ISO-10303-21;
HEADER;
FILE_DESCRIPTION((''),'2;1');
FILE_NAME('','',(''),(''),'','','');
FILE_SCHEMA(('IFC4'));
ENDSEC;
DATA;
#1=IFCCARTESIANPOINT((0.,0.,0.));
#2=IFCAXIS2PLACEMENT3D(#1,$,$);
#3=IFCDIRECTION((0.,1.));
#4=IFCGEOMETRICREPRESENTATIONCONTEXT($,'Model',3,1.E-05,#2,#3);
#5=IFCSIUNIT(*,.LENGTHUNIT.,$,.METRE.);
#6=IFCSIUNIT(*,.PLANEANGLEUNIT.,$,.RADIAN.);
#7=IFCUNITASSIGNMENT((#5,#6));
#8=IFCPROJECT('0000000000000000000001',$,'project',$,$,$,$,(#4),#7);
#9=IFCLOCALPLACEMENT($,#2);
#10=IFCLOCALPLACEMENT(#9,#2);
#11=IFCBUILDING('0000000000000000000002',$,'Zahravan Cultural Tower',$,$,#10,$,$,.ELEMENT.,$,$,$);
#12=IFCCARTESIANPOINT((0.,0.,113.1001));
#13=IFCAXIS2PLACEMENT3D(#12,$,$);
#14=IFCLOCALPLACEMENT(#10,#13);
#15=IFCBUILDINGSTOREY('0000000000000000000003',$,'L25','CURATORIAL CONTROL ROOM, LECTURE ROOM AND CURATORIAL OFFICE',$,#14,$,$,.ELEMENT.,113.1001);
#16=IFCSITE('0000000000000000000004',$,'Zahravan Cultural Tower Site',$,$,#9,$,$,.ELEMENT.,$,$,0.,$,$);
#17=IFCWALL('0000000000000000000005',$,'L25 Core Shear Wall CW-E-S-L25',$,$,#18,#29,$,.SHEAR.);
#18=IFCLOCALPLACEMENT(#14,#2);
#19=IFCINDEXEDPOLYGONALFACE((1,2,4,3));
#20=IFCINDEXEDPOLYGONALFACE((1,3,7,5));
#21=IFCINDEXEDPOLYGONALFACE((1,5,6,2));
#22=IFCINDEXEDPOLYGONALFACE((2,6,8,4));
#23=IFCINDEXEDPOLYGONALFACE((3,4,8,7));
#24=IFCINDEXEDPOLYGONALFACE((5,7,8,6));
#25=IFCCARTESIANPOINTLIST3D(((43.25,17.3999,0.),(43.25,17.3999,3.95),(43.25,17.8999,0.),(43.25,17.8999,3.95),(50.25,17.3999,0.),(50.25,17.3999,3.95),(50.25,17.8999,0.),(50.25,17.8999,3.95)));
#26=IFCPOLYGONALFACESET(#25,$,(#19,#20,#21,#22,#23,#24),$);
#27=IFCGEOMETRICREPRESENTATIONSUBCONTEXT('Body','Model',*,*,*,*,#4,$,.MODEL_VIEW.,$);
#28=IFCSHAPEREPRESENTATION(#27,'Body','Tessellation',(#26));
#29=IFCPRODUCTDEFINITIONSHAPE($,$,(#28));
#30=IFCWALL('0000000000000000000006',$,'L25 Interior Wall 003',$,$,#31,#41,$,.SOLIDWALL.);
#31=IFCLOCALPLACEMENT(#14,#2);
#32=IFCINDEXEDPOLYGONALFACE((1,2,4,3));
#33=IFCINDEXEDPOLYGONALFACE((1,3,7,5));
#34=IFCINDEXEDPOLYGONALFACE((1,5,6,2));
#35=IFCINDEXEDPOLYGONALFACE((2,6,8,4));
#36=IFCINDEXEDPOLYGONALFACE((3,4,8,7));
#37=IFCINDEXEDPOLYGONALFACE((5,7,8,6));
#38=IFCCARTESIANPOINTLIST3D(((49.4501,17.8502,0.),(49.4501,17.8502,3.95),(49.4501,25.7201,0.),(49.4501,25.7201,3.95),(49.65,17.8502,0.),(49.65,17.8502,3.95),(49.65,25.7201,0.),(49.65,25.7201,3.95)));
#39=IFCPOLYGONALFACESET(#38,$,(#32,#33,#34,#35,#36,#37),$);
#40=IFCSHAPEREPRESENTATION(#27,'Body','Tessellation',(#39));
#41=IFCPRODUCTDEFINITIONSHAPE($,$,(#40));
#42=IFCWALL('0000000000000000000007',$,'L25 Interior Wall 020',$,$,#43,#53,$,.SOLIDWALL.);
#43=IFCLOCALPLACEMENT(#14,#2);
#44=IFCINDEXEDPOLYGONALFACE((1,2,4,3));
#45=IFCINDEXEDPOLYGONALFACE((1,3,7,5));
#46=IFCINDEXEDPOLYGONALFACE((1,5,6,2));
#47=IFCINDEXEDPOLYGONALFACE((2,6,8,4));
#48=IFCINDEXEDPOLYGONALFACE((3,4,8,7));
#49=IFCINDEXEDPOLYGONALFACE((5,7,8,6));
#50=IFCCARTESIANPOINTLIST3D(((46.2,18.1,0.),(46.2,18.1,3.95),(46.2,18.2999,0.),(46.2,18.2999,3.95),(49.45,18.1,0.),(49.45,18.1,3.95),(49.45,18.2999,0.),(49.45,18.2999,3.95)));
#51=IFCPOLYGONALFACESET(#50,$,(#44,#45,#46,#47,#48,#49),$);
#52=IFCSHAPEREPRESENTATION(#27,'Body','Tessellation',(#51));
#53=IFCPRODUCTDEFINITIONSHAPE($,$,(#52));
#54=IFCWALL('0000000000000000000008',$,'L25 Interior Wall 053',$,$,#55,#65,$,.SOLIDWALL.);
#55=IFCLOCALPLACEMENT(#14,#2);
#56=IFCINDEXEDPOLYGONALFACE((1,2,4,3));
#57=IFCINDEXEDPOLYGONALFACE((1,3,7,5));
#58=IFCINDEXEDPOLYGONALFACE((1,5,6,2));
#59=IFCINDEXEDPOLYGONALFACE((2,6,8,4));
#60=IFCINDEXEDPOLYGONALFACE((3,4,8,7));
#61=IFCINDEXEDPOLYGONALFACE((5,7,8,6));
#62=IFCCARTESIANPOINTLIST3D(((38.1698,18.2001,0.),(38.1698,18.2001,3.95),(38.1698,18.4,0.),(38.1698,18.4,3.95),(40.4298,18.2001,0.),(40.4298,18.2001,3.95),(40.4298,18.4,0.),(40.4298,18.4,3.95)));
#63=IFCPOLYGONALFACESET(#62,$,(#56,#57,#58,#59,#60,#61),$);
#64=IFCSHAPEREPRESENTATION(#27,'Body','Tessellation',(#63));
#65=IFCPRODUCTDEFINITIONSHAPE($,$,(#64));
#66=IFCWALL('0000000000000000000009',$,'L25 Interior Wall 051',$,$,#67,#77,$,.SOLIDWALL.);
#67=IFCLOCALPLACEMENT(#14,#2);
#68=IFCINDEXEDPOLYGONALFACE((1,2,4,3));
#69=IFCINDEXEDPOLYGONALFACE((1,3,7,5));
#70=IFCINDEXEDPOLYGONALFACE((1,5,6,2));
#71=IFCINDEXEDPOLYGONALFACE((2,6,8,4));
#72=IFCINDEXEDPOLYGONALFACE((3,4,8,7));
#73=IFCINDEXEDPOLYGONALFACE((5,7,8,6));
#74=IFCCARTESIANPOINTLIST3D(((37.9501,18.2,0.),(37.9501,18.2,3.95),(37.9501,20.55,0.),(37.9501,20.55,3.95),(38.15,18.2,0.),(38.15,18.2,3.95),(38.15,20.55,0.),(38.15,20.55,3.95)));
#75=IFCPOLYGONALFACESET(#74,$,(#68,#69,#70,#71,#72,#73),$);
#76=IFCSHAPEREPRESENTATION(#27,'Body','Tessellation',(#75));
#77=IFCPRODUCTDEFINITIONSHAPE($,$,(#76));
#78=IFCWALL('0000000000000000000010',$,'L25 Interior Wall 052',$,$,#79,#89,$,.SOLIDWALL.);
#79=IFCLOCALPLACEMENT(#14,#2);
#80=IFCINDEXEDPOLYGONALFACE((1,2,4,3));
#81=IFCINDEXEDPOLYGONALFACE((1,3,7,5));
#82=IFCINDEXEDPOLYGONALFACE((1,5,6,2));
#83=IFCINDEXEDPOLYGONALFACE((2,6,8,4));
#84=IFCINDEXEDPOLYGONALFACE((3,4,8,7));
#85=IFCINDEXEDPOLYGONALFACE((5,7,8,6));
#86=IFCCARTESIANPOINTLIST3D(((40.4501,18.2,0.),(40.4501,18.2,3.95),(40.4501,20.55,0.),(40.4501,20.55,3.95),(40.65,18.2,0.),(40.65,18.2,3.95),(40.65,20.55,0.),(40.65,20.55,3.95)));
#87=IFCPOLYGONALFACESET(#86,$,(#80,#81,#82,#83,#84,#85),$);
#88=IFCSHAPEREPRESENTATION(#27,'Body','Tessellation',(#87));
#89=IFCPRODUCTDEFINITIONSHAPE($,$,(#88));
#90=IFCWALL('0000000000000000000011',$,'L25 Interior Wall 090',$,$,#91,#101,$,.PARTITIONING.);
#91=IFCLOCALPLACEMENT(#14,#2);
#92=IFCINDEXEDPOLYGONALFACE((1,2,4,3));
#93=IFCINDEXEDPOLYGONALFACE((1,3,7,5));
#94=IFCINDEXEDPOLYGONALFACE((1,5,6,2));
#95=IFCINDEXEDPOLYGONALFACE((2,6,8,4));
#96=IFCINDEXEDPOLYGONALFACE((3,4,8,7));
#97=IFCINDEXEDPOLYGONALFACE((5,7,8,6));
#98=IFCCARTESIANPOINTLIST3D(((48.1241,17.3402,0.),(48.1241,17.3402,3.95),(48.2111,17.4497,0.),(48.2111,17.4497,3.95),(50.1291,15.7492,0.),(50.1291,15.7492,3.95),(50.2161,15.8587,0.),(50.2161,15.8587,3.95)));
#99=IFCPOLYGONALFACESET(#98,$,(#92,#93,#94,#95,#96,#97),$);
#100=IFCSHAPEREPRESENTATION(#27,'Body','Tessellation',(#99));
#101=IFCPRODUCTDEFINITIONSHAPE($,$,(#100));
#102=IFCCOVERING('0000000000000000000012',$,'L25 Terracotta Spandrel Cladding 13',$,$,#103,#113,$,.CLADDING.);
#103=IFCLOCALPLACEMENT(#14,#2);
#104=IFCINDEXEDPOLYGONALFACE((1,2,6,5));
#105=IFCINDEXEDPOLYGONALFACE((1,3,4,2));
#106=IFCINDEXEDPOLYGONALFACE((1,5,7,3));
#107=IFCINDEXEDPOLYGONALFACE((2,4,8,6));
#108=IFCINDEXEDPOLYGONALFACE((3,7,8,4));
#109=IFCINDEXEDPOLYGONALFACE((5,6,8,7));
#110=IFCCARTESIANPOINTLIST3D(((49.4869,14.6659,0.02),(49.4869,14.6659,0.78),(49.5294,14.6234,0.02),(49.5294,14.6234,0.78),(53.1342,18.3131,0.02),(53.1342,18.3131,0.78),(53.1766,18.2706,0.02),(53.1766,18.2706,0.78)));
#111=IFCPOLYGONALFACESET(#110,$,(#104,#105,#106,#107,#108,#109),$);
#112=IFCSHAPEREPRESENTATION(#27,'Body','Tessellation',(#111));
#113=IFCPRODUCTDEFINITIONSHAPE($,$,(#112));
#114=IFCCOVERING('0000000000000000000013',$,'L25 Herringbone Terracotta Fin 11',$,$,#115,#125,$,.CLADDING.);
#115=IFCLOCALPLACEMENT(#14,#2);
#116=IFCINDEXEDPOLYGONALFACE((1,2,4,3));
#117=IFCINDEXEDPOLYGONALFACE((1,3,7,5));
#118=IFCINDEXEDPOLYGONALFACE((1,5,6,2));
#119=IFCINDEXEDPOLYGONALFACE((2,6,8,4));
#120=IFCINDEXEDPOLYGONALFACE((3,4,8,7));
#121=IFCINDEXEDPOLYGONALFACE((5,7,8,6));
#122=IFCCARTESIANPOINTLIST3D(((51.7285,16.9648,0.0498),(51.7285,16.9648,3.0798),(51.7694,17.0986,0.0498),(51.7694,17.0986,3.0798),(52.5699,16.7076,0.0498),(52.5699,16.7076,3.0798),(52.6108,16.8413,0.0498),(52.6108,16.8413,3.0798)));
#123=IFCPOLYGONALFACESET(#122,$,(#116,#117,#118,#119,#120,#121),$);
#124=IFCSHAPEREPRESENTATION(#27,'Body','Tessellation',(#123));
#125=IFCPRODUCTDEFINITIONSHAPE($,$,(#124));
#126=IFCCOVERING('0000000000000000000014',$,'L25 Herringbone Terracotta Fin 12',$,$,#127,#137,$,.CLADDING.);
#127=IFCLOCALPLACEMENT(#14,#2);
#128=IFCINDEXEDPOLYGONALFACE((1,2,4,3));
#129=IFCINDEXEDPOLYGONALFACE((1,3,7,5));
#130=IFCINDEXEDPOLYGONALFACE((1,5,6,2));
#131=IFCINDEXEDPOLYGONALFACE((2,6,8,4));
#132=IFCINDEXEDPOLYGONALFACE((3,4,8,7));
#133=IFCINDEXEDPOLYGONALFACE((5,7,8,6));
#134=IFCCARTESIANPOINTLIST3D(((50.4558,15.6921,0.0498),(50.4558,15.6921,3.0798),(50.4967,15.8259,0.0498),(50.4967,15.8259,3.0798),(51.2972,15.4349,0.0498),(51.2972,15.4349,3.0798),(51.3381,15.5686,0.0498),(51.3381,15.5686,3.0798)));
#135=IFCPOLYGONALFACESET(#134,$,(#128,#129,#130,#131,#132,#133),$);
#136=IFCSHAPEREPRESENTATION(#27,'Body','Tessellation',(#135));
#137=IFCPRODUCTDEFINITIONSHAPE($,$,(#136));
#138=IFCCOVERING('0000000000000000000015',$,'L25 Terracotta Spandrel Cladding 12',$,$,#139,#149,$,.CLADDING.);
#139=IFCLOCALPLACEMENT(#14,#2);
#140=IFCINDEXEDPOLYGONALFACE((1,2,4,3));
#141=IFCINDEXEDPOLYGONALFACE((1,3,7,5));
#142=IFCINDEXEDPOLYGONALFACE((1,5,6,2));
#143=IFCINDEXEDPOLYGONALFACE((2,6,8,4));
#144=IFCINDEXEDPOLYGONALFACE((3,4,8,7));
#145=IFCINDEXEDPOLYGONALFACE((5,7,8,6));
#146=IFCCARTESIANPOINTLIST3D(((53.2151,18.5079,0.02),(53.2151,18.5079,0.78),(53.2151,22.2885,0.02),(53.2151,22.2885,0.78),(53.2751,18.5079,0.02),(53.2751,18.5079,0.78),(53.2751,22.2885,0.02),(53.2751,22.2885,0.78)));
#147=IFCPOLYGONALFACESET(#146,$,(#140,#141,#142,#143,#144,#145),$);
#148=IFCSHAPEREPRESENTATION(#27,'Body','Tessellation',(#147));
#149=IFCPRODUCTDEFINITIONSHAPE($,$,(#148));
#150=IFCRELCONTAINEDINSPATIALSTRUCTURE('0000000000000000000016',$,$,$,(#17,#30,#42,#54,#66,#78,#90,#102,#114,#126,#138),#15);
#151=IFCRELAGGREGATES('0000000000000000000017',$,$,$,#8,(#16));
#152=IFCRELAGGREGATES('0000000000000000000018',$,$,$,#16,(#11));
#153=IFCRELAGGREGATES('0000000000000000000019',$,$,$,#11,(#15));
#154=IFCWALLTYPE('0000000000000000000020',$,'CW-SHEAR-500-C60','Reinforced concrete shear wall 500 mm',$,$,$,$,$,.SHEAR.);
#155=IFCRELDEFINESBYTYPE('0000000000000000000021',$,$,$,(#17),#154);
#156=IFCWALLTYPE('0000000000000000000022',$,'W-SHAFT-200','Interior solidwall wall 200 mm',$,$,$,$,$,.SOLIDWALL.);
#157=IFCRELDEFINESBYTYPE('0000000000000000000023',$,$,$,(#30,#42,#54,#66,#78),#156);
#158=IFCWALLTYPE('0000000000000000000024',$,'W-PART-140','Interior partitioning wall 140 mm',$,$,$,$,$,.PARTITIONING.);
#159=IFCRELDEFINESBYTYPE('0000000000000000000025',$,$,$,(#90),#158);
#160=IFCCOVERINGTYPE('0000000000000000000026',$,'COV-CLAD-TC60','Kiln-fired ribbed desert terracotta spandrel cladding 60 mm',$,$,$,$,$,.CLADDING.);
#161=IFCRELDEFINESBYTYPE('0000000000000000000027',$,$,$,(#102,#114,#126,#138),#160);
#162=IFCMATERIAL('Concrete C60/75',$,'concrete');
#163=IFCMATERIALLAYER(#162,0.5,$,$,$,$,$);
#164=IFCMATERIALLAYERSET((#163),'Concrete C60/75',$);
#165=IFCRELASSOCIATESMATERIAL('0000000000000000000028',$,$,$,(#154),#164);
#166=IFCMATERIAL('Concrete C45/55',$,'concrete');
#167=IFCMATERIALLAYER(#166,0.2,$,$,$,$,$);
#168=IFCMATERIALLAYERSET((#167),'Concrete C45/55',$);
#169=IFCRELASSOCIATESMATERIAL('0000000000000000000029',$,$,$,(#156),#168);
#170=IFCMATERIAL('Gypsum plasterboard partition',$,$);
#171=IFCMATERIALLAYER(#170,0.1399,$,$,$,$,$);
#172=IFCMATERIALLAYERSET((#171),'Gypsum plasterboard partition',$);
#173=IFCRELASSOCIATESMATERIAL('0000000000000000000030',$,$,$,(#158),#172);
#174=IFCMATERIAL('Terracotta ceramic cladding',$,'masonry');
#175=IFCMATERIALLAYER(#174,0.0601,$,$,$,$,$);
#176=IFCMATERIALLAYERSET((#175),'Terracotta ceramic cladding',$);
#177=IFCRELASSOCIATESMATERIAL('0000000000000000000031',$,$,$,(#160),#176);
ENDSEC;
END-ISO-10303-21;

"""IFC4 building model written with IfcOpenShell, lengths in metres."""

from ifc_helpers import new_model, si_unit, direction, frame, frame_2d, origin, origin_2d, place, context, subcontext, project, spatial, rectangle, extrude, source, transform, mapped, material, layer, layer_set, type_object, element, save


model = new_model("IFC4")

# Units and contexts
model_context = context("Model", 3, precision=1e-05, world=origin(), true_north=direction((0.0, 1.0)))
body_context = subcontext(model_context, "Body", "Model", "MODEL_VIEW")
ifc_project = project(units=[si_unit("LENGTHUNIT", "METRE"), si_unit("PLANEANGLEUNIT", "RADIAN")], contexts=[model_context])

# Site, building, storey
site_placement = place(None, origin())
site = spatial("IfcSite", under=ifc_project, at=site_placement, Name="Zahravan Cultural Tower Site", CompositionType="ELEMENT", RefElevation=0.0)
building_placement = place(site_placement, origin())
building = spatial("IfcBuilding", under=site, at=building_placement, Name="Zahravan Cultural Tower", CompositionType="ELEMENT")
storey_placement = place(building_placement, frame((0.0, 0.0, 113.1001)))
storey = spatial("IfcBuildingStorey", under=building, at=storey_placement, Name="L25", Description="CURATORIAL CONTROL ROOM, LECTURE ROOM AND CURATORIAL OFFICE", CompositionType="ELEMENT", Elevation=113.1001)

# Shared definitions
ifc_material_1 = material(Name="Concrete C60/75", Category="concrete")

# Shared definitions
ifc_layer_1 = layer(ifc_material_1, 0.5)
ifc_layer_set_1 = layer_set([ifc_layer_1], Name="Concrete C60/75")
wall_type_1 = type_object("IfcWallType", Name="CW-SHEAR-500-C60", Description="Reinforced concrete shear wall 500 mm", PredefinedType="SHEAR", material=ifc_layer_set_1)

# Shared definitions
ifc_material_2 = material(Name="Concrete C45/55", Category="concrete")
ifc_layer_2 = layer(ifc_material_2, 0.2)
ifc_layer_set_2 = layer_set([ifc_layer_2], Name="Concrete C45/55")
wall_type_2 = type_object("IfcWallType", Name="W-SHAFT-200", Description="Interior solidwall wall 200 mm", PredefinedType="SOLIDWALL", material=ifc_layer_set_2)

# Walls
shared_shape_1 = source(origin(), body_context, "Body", "SweptSolid", [
    extrude(rectangle(XDim=7.0, YDim=0.5, at=frame_2d((3.5, 0.0))), origin(), (0.0, 0.0, 1.0), 3.95),
])
wall_1_placement = place(storey_placement, frame((43.25, 17.6499, 0.0), z_axis=(0.0, 0.0, 1.0), x_axis=(1.0, 0.0, 0.0)))
element("IfcWall", 1, at=wall_1_placement, inside=storey, type_object=wall_type_1, Name="L25 Core Shear Wall CW-E-S-L25", PredefinedType="SHEAR", context=body_context, shape_type="MappedRepresentation", body=[
    mapped(shared_shape_1, transform((0.0, 0.0, 0.0), x_axis=(1.0, 0.0, 0.0), y_axis=(0.0, 1.0, 0.0), z_axis=(0.0, 0.0, 1.0), scale=1.0)),
])
shared_shape_2 = source(origin(), body_context, "Body", "SweptSolid", [
    extrude(rectangle(XDim=7.8699, YDim=0.2, at=frame_2d((3.9351, 0.0))), origin(), (0.0, 0.0, 1.0), 3.95),
])
wall_2_placement = place(storey_placement, frame((49.55, 17.8501, 0.0), z_axis=(0.0, 0.0, 1.0), x_axis=(0.0, 1.0, 0.0)))
element("IfcWall", 2, at=wall_2_placement, inside=storey, type_object=wall_type_2, Name="L25 Interior Wall 003", PredefinedType="SOLIDWALL", context=body_context, shape_type="MappedRepresentation", body=[
    mapped(shared_shape_2, transform((0.0, 0.0, 0.0), x_axis=(1.0, 0.0, 0.0), y_axis=(0.0, 1.0, 0.0), z_axis=(0.0, 0.0, 1.0), scale=1.0)),
])
shared_shape_3 = source(origin(), body_context, "Body", "SweptSolid", [
    extrude(rectangle(XDim=3.25, YDim=0.2, at=frame_2d((1.625, 0.0))), origin(), (0.0, 0.0, 1.0), 3.95),
])
wall_3_placement = place(storey_placement, frame((46.2, 18.2, 0.0), z_axis=(0.0, 0.0, 1.0), x_axis=(1.0, 0.0, 0.0)))
element("IfcWall", 3, at=wall_3_placement, inside=storey, type_object=wall_type_2, Name="L25 Interior Wall 020", PredefinedType="SOLIDWALL", context=body_context, shape_type="MappedRepresentation", body=[
    mapped(shared_shape_3, transform((0.0, 0.0, 0.0), x_axis=(1.0, 0.0, 0.0), y_axis=(0.0, 1.0, 0.0), z_axis=(0.0, 0.0, 1.0), scale=1.0)),
])
shared_shape_4 = source(origin(), body_context, "Body", "SweptSolid", [
    extrude(rectangle(XDim=2.26, YDim=0.2, at=frame_2d((1.1299, 0.0))), origin(), (0.0, 0.0, 1.0), 3.95),
])
wall_4_placement = place(storey_placement, frame((38.1699, 18.3, 0.0), z_axis=(0.0, 0.0, 1.0), x_axis=(1.0, 0.0, 0.0)))
element("IfcWall", 4, at=wall_4_placement, inside=storey, type_object=wall_type_2, Name="L25 Interior Wall 053", PredefinedType="SOLIDWALL", context=body_context, shape_type="MappedRepresentation", body=[
    mapped(shared_shape_4, transform((0.0, 0.0, 0.0), x_axis=(1.0, 0.0, 0.0), y_axis=(0.0, 1.0, 0.0), z_axis=(0.0, 0.0, 1.0), scale=1.0)),
])
shared_shape_5 = source(origin(), body_context, "Body", "SweptSolid", [
    extrude(rectangle(XDim=2.3501, YDim=0.2, at=frame_2d((1.175, 0.0))), origin(), (0.0, 0.0, 1.0), 3.95),
])
for number, where, z_axis, x_axis, name in (
    (5, (38.05, 18.2, 0.0), (0.0, 0.0, 1.0), (0.0, 1.0, 0.0), "L25 Interior Wall 051"),
    (6, (40.55, 18.2, 0.0), (0.0, 0.0, 1.0), (0.0, 1.0, 0.0), "L25 Interior Wall 052"),
):
    element("IfcWall", number, at=place(storey_placement, frame(where, z_axis=z_axis, x_axis=x_axis)), inside=storey, type_object=wall_type_2, Name=name, PredefinedType="SOLIDWALL", context=body_context, shape_type="MappedRepresentation", body=[
        mapped(shared_shape_5, transform((0.0, 0.0, 0.0), x_axis=(1.0, 0.0, 0.0), y_axis=(0.0, 1.0, 0.0), z_axis=(0.0, 0.0, 1.0), scale=1.0)),
    ])
ifc_material_3 = material(Name="Gypsum plasterboard partition")
ifc_layer_3 = layer(ifc_material_3, 0.1399)
ifc_layer_set_3 = layer_set([ifc_layer_3], Name="Gypsum plasterboard partition")
wall_type_3 = type_object("IfcWallType", Name="W-PART-140", Description="Interior partitioning wall 140 mm", PredefinedType="PARTITIONING", material=ifc_layer_set_3)
shared_shape_6 = source(origin(), body_context, "Body", "SweptSolid", [
    extrude(rectangle(XDim=2.5596, YDim=0.1399, at=frame_2d((1.2798, 0.0))), origin(), (0.0, 0.0, 1.0), 3.95),
])
wall_5_placement = place(storey_placement, frame((50.1726, 15.804, 0.0), z_axis=(0.0, 0.0, 1.0), x_axis=(-0.783347, 0.621584, 0.0)))
element("IfcWall", 7, at=wall_5_placement, inside=storey, type_object=wall_type_3, Name="L25 Interior Wall 090", PredefinedType="PARTITIONING", context=body_context, shape_type="MappedRepresentation", body=[
    mapped(shared_shape_6, transform((0.0, 0.0, 0.0), x_axis=(1.0, 0.0, 0.0), y_axis=(0.0, 1.0, 0.0), z_axis=(0.0, 0.0, 1.0), scale=1.0)),
])

# Coverings
ifc_material_4 = material(Name="Terracotta ceramic cladding", Category="masonry")
ifc_layer_4 = layer(ifc_material_4, 0.0601)
ifc_layer_set_4 = layer_set([ifc_layer_4], Name="Terracotta ceramic cladding")
covering_type = type_object("IfcCoveringType", Name="COV-CLAD-TC60", Description="Kiln-fired ribbed desert terracotta spandrel cladding 60 mm", PredefinedType="CLADDING", material=ifc_layer_set_4)
shared_shape_7 = source(origin(), body_context, "Body", "SweptSolid", [
    extrude(rectangle(XDim=5.158, YDim=0.0601, at=origin_2d()), origin(), (0.0, 0.0, 1.0), 0.76),
])
covering_1_placement = place(storey_placement, frame((51.3318, 16.4683, 0.02), z_axis=(0.0, 0.0, 1.0), x_axis=(-0.707107, -0.707107, 0.0)))
element("IfcCovering", 8, at=covering_1_placement, inside=storey, type_object=covering_type, Name="L25 Terracotta Spandrel Cladding 13", PredefinedType="CLADDING", context=body_context, shape_type="MappedRepresentation", body=[
    mapped(shared_shape_7, transform((0.0, 0.0, 0.0), x_axis=(1.0, 0.0, 0.0), y_axis=(0.0, 1.0, 0.0), z_axis=(0.0, 0.0, 1.0), scale=1.0)),
])
shared_shape_8 = source(origin(), body_context, "Body", "SweptSolid", [
    extrude(rectangle(XDim=0.8799, YDim=0.1399, at=origin_2d()), origin(), (0.0, 0.0, 1.0), 3.03),
])
for number, where, z_axis, x_axis, name in (
    (9, (52.1697, 16.9031, 0.0498), (0.0, 0.0, 1.0), (0.956305, -0.292372, 0.0), "L25 Herringbone Terracotta Fin 11"),
    (10, (50.897, 15.6304, 0.0498), (0.0, 0.0, 1.0), (0.956305, -0.292372, 0.0), "L25 Herringbone Terracotta Fin 12"),
):
    element("IfcCovering", number, at=place(storey_placement, frame(where, z_axis=z_axis, x_axis=x_axis)), inside=storey, type_object=covering_type, Name=name, PredefinedType="CLADDING", context=body_context, shape_type="MappedRepresentation", body=[
        mapped(shared_shape_8, transform((0.0, 0.0, 0.0), x_axis=(1.0, 0.0, 0.0), y_axis=(0.0, 1.0, 0.0), z_axis=(0.0, 0.0, 1.0), scale=1.0)),
    ])
shared_shape_9 = source(origin(), body_context, "Body", "SweptSolid", [
    extrude(rectangle(XDim=3.7805, YDim=0.0601, at=origin_2d()), origin(), (0.0, 0.0, 1.0), 0.76),
])
covering_2_placement = place(storey_placement, frame((53.2451, 20.3982, 0.02), z_axis=(0.0, 0.0, 1.0), x_axis=(0.0, -1.0, 0.0)))
element("IfcCovering", 11, at=covering_2_placement, inside=storey, type_object=covering_type, Name="L25 Terracotta Spandrel Cladding 12", PredefinedType="CLADDING", context=body_context, shape_type="MappedRepresentation", body=[
    mapped(shared_shape_9, transform((0.0, 0.0, 0.0), x_axis=(1.0, 0.0, 0.0), y_axis=(0.0, 1.0, 0.0), z_axis=(0.0, 0.0, 1.0), scale=1.0)),
])

save(model, "model.ifc")
